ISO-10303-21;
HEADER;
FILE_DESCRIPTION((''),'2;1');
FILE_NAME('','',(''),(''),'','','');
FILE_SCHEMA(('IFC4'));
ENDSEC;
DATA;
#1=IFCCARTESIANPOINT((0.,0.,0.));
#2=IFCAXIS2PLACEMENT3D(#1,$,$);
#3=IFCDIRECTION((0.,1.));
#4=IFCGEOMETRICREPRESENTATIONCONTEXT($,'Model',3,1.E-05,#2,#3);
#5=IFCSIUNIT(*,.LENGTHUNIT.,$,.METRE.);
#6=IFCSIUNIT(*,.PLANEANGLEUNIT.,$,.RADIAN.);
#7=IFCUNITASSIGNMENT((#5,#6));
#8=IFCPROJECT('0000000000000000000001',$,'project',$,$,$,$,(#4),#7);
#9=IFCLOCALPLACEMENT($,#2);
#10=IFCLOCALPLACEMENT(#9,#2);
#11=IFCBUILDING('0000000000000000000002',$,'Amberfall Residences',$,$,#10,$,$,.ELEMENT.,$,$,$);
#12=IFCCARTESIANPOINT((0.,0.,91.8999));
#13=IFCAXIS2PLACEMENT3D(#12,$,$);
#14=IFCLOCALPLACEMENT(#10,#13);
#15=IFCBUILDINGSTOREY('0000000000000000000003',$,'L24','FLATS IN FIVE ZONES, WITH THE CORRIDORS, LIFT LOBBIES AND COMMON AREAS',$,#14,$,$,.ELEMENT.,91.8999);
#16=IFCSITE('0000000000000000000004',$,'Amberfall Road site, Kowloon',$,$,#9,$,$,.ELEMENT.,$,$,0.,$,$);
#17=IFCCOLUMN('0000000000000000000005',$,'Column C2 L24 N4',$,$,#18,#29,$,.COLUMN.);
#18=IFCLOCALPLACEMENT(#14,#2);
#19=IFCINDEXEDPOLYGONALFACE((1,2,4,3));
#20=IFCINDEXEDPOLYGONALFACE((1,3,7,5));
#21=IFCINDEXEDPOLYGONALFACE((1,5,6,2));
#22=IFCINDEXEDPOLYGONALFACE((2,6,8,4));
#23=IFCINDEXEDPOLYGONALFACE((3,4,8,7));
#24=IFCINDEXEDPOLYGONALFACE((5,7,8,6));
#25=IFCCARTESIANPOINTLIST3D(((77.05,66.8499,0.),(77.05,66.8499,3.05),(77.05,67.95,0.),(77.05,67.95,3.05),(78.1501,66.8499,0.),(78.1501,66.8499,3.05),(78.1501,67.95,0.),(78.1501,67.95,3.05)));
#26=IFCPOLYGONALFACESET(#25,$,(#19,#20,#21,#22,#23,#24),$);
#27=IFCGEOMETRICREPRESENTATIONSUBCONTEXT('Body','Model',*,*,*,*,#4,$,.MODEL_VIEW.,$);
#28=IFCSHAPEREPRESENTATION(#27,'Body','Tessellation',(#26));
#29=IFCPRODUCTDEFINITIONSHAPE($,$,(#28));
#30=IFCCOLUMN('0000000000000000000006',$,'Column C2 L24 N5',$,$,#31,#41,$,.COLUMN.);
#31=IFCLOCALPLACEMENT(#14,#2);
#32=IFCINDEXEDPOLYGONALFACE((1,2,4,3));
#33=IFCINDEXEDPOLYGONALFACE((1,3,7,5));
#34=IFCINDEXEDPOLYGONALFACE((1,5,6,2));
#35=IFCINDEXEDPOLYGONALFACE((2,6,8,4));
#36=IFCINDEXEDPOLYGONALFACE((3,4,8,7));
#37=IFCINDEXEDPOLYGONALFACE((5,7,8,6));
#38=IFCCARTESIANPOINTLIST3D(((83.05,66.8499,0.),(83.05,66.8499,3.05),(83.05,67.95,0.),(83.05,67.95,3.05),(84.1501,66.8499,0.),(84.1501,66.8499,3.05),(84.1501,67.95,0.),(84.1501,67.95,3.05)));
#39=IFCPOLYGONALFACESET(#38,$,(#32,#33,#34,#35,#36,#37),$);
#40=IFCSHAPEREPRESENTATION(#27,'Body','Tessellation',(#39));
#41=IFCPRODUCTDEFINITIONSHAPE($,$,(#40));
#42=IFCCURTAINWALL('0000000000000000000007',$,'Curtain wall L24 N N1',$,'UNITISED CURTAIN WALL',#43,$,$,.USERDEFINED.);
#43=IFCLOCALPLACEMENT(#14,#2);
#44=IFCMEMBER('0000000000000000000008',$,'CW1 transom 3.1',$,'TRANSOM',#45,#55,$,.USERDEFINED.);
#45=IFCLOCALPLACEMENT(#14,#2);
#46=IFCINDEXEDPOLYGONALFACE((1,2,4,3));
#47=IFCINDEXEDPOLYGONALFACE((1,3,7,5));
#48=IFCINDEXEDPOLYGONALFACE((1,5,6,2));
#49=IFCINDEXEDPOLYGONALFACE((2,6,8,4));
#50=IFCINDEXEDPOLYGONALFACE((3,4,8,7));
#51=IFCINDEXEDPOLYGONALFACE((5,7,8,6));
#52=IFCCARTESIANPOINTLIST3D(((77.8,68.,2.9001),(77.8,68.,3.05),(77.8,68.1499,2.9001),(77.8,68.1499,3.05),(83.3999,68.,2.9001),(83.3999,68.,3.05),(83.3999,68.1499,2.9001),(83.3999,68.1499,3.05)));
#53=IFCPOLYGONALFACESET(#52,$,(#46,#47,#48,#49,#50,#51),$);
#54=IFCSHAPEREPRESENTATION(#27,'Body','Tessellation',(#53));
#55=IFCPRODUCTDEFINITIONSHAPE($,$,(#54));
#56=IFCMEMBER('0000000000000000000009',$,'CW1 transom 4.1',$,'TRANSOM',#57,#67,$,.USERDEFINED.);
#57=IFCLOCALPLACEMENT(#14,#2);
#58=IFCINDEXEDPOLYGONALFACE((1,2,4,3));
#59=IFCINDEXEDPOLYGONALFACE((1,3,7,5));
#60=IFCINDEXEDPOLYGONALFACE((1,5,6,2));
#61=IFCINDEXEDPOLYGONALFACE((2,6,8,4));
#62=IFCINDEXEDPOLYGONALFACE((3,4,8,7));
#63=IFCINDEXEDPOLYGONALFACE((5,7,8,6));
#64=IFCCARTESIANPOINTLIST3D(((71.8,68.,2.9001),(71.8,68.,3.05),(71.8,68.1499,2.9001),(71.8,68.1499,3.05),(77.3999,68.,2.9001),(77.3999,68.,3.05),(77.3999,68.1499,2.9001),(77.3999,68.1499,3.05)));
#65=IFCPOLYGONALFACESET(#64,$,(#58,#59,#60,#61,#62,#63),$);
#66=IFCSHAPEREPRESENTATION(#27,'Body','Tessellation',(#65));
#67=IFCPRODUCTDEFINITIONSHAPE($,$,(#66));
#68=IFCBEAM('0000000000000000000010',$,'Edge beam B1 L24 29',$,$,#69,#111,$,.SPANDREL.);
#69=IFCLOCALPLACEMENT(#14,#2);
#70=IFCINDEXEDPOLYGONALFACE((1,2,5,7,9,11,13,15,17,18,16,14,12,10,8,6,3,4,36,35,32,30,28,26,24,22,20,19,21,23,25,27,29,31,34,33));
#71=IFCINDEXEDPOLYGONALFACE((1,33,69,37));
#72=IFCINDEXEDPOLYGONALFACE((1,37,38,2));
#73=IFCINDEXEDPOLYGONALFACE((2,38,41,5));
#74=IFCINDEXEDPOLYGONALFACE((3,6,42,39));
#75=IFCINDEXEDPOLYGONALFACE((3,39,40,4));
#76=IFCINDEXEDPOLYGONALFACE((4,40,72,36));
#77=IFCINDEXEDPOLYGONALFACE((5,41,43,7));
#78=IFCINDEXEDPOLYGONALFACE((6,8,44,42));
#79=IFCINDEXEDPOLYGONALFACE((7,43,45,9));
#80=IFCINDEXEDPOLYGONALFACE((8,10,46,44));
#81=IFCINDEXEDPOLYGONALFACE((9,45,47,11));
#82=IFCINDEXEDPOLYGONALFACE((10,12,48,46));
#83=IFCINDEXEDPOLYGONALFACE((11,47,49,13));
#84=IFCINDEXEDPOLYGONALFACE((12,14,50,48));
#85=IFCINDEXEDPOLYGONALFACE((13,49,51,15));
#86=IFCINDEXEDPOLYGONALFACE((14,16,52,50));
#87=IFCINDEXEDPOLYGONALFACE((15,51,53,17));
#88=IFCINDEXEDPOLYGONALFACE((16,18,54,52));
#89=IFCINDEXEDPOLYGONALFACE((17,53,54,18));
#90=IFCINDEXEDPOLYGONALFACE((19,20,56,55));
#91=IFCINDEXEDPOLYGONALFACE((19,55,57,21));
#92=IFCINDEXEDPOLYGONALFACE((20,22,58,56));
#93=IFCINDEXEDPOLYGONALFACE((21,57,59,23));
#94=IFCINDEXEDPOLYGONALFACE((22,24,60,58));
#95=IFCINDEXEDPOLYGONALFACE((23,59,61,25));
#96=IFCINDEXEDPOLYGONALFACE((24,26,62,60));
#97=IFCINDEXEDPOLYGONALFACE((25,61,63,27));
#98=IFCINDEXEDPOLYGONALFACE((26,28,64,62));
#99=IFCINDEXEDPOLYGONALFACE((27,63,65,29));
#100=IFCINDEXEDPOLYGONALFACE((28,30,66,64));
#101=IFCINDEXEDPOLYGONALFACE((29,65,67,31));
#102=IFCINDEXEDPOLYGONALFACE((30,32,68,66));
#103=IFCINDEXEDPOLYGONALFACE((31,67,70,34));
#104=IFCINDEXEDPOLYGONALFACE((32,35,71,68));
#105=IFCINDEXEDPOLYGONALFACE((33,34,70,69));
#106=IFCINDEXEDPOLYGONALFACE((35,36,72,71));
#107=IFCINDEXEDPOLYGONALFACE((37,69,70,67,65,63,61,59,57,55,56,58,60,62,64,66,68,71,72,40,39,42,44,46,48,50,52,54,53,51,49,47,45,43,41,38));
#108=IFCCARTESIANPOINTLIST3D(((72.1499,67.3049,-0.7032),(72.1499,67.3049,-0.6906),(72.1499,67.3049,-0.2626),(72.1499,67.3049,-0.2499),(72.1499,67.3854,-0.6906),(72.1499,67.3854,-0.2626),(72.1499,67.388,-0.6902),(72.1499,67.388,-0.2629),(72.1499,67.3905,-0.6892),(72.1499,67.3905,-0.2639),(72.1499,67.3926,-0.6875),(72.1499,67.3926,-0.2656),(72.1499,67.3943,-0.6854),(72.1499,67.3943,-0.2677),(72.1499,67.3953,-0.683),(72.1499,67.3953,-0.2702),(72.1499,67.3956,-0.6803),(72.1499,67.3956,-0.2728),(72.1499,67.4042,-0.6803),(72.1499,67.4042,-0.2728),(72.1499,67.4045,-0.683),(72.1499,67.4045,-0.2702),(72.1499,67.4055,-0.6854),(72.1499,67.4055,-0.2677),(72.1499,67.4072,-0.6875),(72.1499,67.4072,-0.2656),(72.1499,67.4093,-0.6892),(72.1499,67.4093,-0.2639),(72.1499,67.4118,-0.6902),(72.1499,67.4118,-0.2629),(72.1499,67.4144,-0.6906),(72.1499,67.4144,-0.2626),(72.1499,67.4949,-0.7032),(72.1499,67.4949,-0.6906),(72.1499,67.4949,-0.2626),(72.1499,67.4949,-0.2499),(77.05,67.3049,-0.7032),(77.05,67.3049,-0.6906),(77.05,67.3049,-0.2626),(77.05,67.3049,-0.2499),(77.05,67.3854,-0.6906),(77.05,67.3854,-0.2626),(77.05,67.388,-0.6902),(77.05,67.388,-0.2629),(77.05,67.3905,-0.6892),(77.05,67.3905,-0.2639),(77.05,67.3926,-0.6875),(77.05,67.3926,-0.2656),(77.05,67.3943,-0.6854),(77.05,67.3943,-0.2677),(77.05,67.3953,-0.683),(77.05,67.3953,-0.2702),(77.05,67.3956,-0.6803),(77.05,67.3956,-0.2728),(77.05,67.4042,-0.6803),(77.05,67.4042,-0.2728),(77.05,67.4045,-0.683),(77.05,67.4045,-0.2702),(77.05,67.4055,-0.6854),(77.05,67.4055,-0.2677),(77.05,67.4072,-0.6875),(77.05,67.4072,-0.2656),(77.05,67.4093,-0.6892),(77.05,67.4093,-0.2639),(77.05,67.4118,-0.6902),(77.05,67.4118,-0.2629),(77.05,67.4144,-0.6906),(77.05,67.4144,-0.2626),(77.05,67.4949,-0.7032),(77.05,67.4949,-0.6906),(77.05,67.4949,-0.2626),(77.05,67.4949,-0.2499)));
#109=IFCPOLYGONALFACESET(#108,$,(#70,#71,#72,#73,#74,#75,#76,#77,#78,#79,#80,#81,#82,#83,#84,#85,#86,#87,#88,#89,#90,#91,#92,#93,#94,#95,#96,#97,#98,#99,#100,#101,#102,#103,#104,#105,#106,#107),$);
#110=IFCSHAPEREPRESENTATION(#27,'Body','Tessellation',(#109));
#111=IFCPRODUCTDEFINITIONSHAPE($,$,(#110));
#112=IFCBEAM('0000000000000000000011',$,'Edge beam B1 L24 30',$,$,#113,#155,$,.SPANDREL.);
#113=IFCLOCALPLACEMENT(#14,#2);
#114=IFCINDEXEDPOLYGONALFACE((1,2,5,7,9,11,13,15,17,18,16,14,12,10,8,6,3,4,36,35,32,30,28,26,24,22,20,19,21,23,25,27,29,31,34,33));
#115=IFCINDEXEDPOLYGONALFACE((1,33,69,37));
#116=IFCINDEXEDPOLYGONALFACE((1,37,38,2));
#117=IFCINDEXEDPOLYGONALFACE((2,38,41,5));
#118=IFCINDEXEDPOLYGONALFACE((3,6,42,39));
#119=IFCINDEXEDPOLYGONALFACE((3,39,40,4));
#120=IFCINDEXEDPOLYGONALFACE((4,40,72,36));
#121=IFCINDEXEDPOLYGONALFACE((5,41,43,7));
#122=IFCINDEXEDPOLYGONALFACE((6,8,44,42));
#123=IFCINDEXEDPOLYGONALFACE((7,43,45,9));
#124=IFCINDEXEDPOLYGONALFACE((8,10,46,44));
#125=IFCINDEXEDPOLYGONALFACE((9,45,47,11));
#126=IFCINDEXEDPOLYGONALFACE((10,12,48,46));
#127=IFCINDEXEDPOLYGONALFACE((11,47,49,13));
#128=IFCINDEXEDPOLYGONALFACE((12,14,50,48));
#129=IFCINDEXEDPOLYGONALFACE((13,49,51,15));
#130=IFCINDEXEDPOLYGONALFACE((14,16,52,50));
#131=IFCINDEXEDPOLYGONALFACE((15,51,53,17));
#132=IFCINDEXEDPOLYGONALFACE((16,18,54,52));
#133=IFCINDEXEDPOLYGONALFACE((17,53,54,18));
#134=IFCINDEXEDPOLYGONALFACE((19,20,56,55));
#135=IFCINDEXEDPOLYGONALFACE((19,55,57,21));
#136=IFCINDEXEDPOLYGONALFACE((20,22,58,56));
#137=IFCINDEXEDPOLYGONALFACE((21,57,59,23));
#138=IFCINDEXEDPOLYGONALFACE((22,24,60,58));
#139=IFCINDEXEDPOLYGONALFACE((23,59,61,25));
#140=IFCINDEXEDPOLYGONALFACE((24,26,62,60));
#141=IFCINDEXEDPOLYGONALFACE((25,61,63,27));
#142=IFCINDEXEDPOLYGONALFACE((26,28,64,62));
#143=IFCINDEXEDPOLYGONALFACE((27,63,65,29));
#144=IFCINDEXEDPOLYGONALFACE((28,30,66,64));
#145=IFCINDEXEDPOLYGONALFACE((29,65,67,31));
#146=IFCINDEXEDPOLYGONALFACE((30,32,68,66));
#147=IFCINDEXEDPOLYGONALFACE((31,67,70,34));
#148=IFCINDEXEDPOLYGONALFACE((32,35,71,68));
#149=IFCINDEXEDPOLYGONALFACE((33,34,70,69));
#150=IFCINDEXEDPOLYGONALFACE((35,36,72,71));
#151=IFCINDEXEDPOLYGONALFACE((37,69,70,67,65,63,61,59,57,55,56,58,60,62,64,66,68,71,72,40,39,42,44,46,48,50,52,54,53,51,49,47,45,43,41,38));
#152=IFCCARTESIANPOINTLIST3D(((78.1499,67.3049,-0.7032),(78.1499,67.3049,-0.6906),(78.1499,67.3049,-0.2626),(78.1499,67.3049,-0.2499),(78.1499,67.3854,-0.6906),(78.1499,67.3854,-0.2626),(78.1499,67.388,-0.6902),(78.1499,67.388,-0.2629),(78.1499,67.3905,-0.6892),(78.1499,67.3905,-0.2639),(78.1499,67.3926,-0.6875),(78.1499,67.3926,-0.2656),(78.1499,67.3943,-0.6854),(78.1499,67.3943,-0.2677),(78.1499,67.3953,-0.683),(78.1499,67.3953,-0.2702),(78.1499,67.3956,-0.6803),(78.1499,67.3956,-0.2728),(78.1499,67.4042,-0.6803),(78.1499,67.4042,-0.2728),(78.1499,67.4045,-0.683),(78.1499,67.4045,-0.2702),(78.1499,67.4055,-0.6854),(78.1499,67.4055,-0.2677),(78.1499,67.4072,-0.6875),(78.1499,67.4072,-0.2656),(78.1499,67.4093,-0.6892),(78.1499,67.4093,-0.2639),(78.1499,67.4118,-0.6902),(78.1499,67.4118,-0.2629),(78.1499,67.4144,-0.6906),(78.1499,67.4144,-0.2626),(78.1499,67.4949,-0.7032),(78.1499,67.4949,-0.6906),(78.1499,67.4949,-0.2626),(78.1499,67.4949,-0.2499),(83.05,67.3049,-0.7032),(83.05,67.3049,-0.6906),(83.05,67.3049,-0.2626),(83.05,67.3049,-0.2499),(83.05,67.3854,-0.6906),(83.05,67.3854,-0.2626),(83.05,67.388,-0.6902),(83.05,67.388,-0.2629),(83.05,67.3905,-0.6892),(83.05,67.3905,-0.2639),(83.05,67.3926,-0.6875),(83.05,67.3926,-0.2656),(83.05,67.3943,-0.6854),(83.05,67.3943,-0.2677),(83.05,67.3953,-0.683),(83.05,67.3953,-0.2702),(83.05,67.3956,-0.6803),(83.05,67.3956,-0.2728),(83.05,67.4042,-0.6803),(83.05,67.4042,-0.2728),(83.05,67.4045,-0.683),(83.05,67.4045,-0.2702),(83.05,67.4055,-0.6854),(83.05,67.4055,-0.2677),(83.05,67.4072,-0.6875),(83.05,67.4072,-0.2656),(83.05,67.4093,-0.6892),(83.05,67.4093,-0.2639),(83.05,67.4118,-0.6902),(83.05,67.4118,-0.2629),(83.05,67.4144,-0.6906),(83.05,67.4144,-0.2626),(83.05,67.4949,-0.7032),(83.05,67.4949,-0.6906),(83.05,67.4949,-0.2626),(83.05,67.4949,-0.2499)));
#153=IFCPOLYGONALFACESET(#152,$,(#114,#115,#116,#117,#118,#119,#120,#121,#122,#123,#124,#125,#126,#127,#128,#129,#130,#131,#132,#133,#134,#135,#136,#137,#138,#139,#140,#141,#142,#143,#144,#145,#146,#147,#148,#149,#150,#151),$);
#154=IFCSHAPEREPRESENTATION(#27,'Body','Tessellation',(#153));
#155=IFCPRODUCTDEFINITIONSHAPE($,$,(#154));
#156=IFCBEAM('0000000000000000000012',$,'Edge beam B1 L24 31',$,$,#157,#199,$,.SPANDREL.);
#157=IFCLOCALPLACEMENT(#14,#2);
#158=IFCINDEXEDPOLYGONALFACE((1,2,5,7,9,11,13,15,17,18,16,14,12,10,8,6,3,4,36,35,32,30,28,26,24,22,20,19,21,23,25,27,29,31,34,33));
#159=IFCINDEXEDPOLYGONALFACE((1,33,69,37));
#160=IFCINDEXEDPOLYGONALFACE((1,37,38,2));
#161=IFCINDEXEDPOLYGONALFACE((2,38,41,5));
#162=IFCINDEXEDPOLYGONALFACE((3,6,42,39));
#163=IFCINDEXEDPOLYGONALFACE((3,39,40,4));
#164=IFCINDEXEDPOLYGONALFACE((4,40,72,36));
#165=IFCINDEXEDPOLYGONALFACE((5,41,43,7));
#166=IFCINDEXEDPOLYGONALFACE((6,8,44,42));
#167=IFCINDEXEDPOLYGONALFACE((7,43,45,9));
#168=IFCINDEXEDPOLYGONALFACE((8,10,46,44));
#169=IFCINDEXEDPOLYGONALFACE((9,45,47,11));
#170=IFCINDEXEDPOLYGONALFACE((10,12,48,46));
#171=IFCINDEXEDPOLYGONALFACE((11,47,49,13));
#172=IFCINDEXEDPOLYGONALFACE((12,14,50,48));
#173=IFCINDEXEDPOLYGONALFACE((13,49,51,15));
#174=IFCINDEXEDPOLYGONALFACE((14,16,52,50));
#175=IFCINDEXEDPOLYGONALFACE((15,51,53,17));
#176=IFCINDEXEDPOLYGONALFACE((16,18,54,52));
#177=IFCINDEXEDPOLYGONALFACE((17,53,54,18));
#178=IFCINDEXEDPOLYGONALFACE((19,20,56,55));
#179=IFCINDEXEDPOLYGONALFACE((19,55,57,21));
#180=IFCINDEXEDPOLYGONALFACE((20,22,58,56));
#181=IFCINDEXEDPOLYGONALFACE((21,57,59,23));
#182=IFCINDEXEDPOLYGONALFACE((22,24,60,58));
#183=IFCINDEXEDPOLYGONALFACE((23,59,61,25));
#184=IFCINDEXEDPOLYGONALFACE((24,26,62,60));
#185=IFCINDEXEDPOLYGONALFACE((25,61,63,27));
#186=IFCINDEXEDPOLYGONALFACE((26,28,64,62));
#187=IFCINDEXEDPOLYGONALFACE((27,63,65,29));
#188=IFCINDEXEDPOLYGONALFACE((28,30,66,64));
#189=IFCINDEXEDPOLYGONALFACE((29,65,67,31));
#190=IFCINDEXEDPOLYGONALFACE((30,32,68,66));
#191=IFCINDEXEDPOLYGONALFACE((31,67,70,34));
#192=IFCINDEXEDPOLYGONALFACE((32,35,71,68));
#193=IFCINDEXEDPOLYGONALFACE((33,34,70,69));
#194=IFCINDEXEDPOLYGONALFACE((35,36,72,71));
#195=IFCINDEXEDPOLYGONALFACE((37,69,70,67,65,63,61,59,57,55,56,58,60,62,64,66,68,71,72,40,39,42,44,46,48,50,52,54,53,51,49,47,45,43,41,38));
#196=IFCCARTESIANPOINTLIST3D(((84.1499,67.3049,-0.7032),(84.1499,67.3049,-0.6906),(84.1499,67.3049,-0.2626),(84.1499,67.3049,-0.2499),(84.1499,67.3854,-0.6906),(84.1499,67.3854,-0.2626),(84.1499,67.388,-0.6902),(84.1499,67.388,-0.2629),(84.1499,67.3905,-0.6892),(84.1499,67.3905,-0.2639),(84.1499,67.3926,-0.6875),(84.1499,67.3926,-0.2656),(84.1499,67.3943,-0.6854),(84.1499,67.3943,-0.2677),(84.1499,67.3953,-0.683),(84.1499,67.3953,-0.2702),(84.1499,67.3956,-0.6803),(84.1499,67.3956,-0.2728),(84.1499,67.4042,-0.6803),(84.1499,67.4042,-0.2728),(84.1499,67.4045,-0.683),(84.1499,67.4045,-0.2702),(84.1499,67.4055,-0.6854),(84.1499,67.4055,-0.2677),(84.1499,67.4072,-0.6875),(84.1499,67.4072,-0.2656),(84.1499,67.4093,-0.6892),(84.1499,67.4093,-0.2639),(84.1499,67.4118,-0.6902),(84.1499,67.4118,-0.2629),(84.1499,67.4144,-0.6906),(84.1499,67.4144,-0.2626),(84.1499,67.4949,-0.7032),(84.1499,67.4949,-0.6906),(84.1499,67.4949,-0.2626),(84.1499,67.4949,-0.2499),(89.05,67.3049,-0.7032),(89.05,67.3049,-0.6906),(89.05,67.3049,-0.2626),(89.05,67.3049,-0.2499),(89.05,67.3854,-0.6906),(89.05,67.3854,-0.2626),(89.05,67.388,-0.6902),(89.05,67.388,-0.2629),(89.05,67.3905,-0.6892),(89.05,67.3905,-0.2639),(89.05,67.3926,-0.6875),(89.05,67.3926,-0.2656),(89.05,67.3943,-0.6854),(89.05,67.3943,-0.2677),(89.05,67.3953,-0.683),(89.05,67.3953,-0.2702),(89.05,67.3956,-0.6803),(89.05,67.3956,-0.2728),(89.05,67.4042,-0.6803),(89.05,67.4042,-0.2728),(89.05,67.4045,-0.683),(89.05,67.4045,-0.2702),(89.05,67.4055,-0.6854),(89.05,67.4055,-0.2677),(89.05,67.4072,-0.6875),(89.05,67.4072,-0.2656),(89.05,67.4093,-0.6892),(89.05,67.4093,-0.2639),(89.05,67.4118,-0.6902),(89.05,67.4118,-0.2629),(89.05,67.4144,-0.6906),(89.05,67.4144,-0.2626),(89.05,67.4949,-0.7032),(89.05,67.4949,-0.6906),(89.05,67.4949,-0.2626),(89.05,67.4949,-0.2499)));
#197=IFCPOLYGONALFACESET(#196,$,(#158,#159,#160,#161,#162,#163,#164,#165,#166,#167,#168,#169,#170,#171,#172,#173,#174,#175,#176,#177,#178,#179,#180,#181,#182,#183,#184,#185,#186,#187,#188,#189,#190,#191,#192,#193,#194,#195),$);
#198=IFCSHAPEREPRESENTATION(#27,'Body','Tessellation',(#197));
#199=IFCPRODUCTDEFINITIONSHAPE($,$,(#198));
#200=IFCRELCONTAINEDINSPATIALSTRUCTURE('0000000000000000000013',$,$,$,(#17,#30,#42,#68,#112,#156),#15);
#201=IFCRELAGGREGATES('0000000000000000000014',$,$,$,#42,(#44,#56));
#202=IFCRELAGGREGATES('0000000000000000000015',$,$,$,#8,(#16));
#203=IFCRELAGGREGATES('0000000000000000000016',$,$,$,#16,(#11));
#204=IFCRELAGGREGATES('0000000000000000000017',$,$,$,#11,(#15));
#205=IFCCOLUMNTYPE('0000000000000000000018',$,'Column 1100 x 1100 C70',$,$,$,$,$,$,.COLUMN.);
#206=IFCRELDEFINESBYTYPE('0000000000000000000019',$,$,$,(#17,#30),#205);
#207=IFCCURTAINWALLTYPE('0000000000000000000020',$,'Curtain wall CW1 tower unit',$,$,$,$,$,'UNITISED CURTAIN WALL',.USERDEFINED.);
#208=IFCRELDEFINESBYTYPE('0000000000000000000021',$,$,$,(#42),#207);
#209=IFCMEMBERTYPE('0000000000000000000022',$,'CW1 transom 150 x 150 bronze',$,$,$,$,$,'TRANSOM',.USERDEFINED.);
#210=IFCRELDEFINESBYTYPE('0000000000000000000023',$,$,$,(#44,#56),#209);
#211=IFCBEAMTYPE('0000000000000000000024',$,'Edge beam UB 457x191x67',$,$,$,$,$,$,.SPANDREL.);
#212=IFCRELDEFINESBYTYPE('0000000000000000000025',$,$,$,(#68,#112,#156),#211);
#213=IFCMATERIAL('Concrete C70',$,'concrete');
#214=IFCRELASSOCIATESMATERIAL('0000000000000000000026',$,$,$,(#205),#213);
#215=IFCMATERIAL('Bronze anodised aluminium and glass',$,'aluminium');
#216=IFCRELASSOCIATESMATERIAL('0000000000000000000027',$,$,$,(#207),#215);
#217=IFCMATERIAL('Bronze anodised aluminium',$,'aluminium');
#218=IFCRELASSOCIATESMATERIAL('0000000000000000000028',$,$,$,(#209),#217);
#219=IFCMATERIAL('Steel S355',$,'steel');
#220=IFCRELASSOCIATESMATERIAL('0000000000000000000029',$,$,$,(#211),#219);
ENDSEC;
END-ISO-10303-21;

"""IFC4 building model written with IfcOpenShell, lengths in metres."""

from ifc_helpers import new_model, si_unit, direction, frame, origin, origin_2d, place, context, subcontext, project, spatial, rectangle, i_section, extrude, material, material_profile, profile_set, type_object, element, aggregate, save


model = new_model("IFC4")

# Units and contexts
model_context = context("Model", 3, precision=1e-05, world=origin(), true_north=direction((0.0, 1.0)))
body_context = subcontext(model_context, "Body", "Model", "MODEL_VIEW")
ifc_project = project(units=[si_unit("LENGTHUNIT", "METRE"), si_unit("PLANEANGLEUNIT", "RADIAN")], contexts=[model_context])

# Site, building, storey
site_placement = place(None, origin())
site = spatial("IfcSite", under=ifc_project, at=site_placement, Name="Amberfall Road site, Kowloon", CompositionType="ELEMENT", RefElevation=0.0)
building_placement = place(site_placement, origin())
building = spatial("IfcBuilding", under=site, at=building_placement, Name="Amberfall Residences", CompositionType="ELEMENT")
storey_placement = place(building_placement, frame((0.0, 0.0, 91.8999)))
storey = spatial("IfcBuildingStorey", under=building, at=storey_placement, Name="L24", Description="FLATS IN FIVE ZONES, WITH THE CORRIDORS, LIFT LOBBIES AND COMMON AREAS", CompositionType="ELEMENT", Elevation=91.8999)

# Columns
ifc_material_1 = material(Name="Concrete C70", Category="concrete")
ifc_material_profile_1 = material_profile(ifc_material_1, rectangle(XDim=1.1001, YDim=1.1001, at=origin_2d()), Name="Column 1100 x 1100 C70")
ifc_profile_set_1 = profile_set([ifc_material_profile_1], Name="Concrete C70")
column_type = type_object("IfcColumnType", Name="Column 1100 x 1100 C70", PredefinedType="COLUMN", material=ifc_profile_set_1)
for number, where, z_axis, x_axis, name in (
    (1, (77.6001, 67.3999, 0.0), (0.0, 0.0, 1.0), (1.0, 0.0, 0.0), "Column C2 L24 N4"),
    (2, (83.6001, 67.3999, 0.0), (0.0, 0.0, 1.0), (1.0, 0.0, 0.0), "Column C2 L24 N5"),
):
    element("IfcColumn", number, at=place(storey_placement, frame(where, z_axis=z_axis, x_axis=x_axis)), inside=storey, type_object=column_type, Name=name, PredefinedType="COLUMN", context=body_context, shape_type="SweptSolid", body=[
        extrude(rectangle(XDim=1.1001, YDim=1.1001, at=origin_2d()), origin(), (0.0, 0.0, 1.0), 3.05),
    ])

# Curtain wall, members
ifc_material_2 = material(Name="Bronze anodised aluminium and glass", Category="aluminium")
curtain_wall_type = type_object("IfcCurtainWallType", Name="Curtain wall CW1 tower unit", ElementType="UNITISED CURTAIN WALL", PredefinedType="USERDEFINED", material=ifc_material_2)
curtain_wall_placement = place(storey_placement, origin())
curtain_wall = element("IfcCurtainWall", 3, at=curtain_wall_placement, inside=storey, type_object=curtain_wall_type, Name="Curtain wall L24 N N1", ObjectType="UNITISED CURTAIN WALL", PredefinedType="USERDEFINED")
ifc_material_3 = material(Name="Bronze anodised aluminium", Category="aluminium")
ifc_material_profile_2 = material_profile(ifc_material_3, rectangle(XDim=0.1499, YDim=0.1499, at=origin_2d()), Name="CW1 transom 150 x 150 bronze")
ifc_profile_set_2 = profile_set([ifc_material_profile_2], Name="Bronze anodised aluminium")
member_type_1 = type_object("IfcMemberType", Name="CW1 transom 150 x 150 bronze", ElementType="TRANSOM", PredefinedType="USERDEFINED", material=ifc_profile_set_2)
member_1_placement = place(storey_placement, frame((83.3999, 68.075, 2.9751), z_axis=(-1.0, 0.0, 0.0), x_axis=(0.0, -1.0, 0.0)))
member_1 = element("IfcMember", 4, at=member_1_placement, type_object=member_type_1, Name="CW1 transom 3.1", ObjectType="TRANSOM", PredefinedType="USERDEFINED", context=body_context, shape_type="SweptSolid", body=[
    extrude(rectangle(XDim=0.1499, YDim=0.1499, at=origin_2d()), origin(), (0.0, 0.0, 1.0), 5.5999),
])
member_2_placement = place(storey_placement, frame((77.3999, 68.075, 2.9751), z_axis=(-1.0, 0.0, 0.0), x_axis=(0.0, -1.0, 0.0)))
member_2 = element("IfcMember", 5, at=member_2_placement, type_object=member_type_1, Name="CW1 transom 4.1", ObjectType="TRANSOM", PredefinedType="USERDEFINED", context=body_context, shape_type="SweptSolid", body=[
    extrude(rectangle(XDim=0.1499, YDim=0.1499, at=origin_2d()), origin(), (0.0, 0.0, 1.0), 5.5999),
])

# Beams
ifc_material_4 = material(Name="Steel S355", Category="steel")
ifc_material_profile_3 = material_profile(ifc_material_4, i_section(OverallWidth=0.1899, OverallDepth=0.4534, WebThickness=0.0085, FlangeThickness=0.0127, FilletRadius=0.0103, at=origin_2d()), Name="UB 457x191x67")
ifc_profile_set_3 = profile_set([ifc_material_profile_3], Name="Steel S355")
beam_type_1 = type_object("IfcBeamType", Name="Edge beam UB 457x191x67", PredefinedType="SPANDREL", material=ifc_profile_set_3)
for number, where, z_axis, x_axis, name in (
    (6, (72.1499, 67.3999, -0.4766), (1.0, 0.0, 0.0), (0.0, 1.0, 0.0), "Edge beam B1 L24 29"),
    (7, (78.1499, 67.3999, -0.4766), (1.0, 0.0, 0.0), (0.0, 1.0, 0.0), "Edge beam B1 L24 30"),
    (8, (84.1499, 67.3999, -0.4766), (1.0, 0.0, 0.0), (0.0, 1.0, 0.0), "Edge beam B1 L24 31"),
):
    element("IfcBeam", number, at=place(storey_placement, frame(where, z_axis=z_axis, x_axis=x_axis)), inside=storey, type_object=beam_type_1, Name=name, PredefinedType="SPANDREL", context=body_context, shape_type="SweptSolid", body=[
        extrude(i_section(OverallWidth=0.1899, OverallDepth=0.4534, WebThickness=0.0085, FlangeThickness=0.0127, FilletRadius=0.0103, at=origin_2d()), origin(), (0.0, 0.0, 1.0), 4.9001),
    ])

aggregate(curtain_wall, [member_1, member_2])

save(model, "model.ifc")
